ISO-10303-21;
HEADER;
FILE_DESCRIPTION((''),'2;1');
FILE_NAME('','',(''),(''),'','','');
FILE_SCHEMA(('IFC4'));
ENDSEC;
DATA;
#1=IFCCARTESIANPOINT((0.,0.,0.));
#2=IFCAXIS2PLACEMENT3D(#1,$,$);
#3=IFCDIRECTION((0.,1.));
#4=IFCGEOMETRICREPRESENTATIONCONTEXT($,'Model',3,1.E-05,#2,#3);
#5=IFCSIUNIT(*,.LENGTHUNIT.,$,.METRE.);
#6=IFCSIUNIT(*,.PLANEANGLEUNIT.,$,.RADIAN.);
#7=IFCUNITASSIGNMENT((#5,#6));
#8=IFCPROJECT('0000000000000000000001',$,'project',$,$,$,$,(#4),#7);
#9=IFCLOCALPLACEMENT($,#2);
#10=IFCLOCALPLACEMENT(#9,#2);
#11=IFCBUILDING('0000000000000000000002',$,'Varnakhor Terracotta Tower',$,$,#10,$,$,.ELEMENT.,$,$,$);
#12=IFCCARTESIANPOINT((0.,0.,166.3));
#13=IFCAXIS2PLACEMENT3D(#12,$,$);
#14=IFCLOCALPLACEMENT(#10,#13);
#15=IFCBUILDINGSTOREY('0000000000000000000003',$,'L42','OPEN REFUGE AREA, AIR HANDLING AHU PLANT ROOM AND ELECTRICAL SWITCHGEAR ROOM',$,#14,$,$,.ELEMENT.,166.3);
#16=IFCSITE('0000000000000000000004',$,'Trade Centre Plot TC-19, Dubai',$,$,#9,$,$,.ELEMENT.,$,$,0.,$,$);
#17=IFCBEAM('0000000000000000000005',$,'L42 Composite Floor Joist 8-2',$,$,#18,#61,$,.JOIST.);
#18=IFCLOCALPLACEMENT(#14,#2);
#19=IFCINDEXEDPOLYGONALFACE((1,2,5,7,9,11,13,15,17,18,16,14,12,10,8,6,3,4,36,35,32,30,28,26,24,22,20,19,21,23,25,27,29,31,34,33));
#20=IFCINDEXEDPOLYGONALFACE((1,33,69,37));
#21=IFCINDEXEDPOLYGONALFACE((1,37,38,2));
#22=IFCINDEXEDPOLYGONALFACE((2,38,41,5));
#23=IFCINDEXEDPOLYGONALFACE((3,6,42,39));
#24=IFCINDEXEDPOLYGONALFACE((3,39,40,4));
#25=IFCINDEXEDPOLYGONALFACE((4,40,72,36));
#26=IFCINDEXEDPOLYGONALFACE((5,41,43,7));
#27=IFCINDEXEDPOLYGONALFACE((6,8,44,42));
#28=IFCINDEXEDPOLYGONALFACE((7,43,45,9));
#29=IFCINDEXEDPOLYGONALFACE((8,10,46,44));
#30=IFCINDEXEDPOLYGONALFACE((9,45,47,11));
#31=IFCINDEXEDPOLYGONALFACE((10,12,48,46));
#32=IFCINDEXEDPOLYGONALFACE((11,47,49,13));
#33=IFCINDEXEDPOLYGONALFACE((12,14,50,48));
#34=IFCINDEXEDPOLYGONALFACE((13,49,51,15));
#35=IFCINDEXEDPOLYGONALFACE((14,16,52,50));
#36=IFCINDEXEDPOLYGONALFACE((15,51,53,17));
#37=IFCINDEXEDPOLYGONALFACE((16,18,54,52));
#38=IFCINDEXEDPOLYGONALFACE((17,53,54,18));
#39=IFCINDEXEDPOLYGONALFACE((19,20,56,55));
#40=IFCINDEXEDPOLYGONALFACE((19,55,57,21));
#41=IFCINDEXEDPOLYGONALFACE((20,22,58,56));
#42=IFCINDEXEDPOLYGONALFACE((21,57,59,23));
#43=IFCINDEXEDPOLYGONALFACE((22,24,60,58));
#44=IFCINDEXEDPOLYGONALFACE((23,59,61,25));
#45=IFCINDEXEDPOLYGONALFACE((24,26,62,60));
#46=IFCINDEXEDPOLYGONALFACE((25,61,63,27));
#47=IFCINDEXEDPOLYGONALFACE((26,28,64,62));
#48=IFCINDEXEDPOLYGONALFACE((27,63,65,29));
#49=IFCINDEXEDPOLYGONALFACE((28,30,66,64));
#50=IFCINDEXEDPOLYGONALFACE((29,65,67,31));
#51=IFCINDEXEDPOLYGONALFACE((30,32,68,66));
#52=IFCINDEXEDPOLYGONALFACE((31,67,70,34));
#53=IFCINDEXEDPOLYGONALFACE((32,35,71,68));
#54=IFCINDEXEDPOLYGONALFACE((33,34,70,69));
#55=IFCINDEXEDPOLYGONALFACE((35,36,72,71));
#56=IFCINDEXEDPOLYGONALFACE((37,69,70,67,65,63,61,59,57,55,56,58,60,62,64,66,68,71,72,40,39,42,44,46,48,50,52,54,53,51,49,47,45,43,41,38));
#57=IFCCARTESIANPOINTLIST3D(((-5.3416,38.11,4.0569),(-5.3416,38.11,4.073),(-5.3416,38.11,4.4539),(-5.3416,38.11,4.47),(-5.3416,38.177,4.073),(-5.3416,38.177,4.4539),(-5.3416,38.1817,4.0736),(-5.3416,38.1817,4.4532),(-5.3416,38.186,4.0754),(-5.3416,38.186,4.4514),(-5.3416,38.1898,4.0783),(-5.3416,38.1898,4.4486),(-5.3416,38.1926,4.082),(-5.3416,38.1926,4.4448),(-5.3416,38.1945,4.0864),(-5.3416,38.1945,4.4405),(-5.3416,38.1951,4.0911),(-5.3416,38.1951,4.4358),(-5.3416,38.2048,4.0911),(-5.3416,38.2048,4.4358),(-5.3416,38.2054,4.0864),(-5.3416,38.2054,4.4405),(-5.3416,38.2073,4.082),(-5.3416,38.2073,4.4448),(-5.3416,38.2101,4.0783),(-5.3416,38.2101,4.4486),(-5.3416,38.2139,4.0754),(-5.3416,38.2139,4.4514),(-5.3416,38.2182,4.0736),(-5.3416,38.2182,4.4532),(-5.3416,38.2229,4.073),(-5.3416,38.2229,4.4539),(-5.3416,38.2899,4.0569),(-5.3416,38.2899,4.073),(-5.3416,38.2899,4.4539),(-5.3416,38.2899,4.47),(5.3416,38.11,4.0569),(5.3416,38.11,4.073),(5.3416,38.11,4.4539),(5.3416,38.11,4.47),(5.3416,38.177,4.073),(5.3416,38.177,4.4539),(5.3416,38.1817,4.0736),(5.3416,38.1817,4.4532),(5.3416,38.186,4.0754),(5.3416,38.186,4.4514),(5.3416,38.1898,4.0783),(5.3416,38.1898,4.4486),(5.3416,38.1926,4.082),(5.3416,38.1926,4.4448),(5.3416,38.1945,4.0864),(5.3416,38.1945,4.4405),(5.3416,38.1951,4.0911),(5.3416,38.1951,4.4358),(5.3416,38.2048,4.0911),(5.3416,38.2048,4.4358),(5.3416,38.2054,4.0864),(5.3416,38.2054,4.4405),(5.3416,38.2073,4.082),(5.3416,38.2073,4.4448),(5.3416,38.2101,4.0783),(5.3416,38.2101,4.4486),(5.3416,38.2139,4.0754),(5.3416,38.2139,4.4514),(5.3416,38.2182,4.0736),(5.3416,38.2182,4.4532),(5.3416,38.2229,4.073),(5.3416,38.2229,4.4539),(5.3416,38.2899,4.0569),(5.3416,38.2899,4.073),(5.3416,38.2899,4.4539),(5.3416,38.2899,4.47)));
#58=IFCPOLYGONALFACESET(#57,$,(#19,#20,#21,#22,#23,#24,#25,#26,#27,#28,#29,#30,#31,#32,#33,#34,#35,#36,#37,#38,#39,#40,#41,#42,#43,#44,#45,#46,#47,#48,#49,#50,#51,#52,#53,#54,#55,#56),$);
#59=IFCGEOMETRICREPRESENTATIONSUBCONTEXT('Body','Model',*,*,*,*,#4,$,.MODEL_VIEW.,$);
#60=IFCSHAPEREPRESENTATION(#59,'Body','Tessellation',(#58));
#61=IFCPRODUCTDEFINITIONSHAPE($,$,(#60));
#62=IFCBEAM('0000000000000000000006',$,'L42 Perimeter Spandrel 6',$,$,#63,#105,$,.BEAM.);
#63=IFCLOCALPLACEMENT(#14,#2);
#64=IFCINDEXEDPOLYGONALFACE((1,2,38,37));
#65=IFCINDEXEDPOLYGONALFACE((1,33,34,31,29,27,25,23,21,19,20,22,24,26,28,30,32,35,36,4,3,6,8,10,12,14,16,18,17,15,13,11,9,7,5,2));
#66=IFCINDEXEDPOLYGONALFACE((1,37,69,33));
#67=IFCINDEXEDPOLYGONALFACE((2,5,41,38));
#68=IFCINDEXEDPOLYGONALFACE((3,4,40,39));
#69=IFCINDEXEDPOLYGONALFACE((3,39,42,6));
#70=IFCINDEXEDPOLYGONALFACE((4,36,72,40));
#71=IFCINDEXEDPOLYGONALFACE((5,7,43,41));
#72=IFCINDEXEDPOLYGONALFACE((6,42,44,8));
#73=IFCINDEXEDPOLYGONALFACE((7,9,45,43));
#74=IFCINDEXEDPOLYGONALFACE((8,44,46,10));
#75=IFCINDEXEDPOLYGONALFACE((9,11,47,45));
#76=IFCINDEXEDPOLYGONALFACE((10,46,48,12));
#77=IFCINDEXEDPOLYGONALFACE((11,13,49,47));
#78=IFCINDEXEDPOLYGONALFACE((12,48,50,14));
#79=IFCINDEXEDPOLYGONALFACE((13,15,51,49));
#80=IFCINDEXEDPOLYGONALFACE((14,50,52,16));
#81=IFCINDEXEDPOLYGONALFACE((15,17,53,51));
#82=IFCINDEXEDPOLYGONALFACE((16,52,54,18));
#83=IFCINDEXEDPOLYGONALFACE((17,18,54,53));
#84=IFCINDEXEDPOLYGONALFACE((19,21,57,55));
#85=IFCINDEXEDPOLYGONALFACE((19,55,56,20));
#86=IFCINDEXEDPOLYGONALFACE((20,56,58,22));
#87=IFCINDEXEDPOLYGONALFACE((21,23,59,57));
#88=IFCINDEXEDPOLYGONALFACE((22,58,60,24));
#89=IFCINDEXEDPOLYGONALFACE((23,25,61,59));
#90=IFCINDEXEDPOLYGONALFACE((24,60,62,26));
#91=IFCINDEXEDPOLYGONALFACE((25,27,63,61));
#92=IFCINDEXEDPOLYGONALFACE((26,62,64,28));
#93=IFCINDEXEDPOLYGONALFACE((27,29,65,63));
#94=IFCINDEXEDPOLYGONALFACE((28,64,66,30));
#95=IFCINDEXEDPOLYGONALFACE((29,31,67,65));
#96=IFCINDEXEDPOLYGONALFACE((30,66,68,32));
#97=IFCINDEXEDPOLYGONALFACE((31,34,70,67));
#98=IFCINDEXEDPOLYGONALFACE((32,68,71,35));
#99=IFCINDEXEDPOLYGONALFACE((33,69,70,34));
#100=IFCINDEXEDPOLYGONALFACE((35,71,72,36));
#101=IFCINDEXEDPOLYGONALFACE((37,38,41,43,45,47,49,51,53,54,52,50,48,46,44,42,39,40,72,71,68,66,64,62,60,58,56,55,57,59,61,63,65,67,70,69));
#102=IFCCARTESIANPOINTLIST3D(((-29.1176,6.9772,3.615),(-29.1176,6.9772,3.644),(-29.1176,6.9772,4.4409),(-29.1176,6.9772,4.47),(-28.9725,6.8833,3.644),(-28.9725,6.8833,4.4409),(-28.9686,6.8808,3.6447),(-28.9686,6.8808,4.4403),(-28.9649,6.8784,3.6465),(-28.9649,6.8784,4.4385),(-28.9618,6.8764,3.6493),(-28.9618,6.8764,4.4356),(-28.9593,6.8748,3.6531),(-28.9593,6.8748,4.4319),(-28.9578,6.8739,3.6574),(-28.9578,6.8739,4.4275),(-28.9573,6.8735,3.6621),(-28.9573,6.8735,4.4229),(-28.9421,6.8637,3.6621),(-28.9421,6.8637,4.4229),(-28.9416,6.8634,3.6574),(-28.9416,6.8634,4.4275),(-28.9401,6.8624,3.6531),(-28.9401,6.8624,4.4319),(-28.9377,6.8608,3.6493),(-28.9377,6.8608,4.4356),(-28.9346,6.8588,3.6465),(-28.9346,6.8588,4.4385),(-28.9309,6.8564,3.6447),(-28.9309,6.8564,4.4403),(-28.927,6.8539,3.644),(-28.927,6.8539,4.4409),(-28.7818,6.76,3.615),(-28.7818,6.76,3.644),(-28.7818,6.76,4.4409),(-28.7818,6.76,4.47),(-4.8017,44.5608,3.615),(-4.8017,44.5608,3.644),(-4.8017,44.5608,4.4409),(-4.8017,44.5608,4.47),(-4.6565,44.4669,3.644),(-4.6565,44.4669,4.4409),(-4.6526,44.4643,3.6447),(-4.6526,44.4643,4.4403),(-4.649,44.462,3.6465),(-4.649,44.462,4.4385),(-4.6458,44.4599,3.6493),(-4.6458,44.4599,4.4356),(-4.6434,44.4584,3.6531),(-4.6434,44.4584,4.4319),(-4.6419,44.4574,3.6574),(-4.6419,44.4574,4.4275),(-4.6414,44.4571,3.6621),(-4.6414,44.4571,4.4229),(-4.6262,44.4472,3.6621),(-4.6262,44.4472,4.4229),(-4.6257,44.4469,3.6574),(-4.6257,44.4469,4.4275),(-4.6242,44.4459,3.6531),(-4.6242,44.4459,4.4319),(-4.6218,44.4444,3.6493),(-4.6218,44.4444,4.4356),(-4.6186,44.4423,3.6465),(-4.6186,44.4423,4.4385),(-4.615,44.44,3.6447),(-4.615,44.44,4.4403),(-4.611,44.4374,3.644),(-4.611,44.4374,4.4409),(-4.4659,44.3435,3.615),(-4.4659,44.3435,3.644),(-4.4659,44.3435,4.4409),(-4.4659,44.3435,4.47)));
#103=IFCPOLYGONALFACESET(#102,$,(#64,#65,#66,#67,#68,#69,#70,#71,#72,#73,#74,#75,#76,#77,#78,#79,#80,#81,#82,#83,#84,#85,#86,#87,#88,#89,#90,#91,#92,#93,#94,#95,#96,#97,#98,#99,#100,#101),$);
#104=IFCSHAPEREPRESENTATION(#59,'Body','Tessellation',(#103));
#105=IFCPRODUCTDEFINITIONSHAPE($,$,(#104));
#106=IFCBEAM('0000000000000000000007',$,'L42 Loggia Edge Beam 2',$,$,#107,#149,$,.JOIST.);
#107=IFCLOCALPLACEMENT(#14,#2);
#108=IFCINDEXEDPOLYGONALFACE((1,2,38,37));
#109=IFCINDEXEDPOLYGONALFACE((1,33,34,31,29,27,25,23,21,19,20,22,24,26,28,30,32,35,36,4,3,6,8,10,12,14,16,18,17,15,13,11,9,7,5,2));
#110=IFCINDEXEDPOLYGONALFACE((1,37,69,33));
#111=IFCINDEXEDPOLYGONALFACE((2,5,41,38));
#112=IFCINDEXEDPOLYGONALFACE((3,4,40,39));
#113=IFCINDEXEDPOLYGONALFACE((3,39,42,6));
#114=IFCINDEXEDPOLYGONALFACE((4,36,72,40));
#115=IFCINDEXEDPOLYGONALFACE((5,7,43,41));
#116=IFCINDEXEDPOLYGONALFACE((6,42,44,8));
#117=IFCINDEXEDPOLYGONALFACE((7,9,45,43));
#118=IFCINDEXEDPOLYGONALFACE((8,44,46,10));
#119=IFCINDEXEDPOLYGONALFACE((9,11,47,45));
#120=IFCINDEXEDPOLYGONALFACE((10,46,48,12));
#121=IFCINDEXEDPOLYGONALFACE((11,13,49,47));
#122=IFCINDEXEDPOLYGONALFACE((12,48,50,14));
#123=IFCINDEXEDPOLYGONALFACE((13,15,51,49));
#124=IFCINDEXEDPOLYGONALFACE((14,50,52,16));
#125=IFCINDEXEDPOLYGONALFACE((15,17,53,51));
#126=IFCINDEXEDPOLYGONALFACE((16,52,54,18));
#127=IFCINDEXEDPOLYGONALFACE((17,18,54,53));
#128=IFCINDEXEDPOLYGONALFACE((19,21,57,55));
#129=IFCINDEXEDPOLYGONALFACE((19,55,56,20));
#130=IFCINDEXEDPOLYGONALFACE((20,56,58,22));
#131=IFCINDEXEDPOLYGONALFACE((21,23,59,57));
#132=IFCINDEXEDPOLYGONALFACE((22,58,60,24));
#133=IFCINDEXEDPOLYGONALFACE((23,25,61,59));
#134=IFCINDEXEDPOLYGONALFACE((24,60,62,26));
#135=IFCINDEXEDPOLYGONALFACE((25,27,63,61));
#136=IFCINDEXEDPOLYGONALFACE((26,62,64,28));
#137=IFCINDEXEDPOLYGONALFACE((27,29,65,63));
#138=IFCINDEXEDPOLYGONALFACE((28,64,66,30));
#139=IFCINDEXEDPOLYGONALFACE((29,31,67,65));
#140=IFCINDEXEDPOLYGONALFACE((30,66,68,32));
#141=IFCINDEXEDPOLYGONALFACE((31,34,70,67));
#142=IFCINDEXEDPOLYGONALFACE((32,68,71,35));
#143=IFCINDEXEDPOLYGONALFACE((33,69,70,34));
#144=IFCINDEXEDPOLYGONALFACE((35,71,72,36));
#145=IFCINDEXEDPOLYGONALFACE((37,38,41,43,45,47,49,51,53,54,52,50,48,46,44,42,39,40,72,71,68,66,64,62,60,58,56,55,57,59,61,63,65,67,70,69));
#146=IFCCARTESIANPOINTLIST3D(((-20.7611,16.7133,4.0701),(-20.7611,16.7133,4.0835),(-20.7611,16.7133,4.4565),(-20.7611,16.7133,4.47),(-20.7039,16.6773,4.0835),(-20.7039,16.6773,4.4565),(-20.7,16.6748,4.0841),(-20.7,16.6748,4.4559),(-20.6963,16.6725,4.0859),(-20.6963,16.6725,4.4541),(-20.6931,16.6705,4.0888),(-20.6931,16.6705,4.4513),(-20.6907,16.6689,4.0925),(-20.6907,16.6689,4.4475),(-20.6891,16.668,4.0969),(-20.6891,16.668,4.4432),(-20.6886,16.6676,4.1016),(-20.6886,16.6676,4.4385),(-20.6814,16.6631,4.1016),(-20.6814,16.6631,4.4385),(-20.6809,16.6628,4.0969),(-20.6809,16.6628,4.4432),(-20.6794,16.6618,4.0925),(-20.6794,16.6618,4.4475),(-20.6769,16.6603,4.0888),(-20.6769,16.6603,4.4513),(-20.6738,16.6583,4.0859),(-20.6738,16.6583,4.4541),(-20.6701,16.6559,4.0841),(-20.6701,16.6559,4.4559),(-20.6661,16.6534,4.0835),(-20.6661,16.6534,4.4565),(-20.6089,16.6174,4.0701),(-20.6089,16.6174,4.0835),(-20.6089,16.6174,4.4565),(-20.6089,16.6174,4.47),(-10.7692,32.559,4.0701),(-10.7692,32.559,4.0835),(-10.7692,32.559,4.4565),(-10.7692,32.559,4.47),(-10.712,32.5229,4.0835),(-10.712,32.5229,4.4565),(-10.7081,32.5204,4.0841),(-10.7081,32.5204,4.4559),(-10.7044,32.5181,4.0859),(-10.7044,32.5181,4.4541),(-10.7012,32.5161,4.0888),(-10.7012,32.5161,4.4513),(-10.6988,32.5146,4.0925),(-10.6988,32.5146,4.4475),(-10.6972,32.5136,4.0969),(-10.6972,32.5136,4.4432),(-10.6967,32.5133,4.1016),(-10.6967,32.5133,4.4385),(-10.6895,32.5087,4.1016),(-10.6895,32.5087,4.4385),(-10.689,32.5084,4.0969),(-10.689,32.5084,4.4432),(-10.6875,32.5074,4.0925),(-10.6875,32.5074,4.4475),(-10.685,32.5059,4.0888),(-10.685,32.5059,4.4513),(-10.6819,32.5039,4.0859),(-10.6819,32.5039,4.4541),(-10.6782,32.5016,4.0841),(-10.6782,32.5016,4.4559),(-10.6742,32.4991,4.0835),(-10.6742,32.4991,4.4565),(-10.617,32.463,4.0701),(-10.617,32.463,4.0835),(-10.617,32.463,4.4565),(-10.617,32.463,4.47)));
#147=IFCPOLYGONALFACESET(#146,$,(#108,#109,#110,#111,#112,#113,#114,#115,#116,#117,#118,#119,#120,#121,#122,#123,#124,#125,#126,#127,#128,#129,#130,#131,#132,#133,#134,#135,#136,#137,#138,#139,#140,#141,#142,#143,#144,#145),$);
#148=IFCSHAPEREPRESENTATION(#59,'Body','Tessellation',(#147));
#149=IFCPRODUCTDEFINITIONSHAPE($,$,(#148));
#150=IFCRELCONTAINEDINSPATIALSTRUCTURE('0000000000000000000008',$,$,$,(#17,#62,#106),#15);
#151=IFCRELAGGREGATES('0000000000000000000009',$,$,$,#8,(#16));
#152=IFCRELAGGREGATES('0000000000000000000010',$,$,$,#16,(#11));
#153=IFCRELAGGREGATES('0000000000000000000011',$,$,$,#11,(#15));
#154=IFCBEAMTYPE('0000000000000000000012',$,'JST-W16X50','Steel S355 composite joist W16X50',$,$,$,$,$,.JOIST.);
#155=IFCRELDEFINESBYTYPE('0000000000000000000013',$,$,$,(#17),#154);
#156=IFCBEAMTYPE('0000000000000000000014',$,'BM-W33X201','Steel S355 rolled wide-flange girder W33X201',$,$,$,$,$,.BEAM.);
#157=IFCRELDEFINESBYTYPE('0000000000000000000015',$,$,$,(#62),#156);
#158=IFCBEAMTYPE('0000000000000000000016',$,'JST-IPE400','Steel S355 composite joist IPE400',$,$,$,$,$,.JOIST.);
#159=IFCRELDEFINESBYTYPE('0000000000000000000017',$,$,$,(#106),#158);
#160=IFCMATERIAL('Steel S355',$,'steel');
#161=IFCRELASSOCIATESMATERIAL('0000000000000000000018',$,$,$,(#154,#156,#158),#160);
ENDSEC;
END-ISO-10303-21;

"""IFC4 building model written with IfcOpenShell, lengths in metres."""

from ifc_helpers import new_model, si_unit, direction, frame, origin, origin_2d, place, context, subcontext, project, spatial, i_section, extrude, source, transform, mapped, material, material_profile, profile_set, type_object, element, save


model = new_model("IFC4")

# Units and contexts
model_context = context("Model", 3, precision=1e-05, world=origin(), true_north=direction((0.0, 1.0)))
body_context = subcontext(model_context, "Body", "Model", "MODEL_VIEW")
ifc_project = project(units=[si_unit("LENGTHUNIT", "METRE"), si_unit("PLANEANGLEUNIT", "RADIAN")], contexts=[model_context])

# Site, building, storey
site_placement = place(None, origin())
site = spatial("IfcSite", under=ifc_project, at=site_placement, Name="Trade Centre Plot TC-19, Dubai", CompositionType="ELEMENT", RefElevation=0.0)
building_placement = place(site_placement, origin())
building = spatial("IfcBuilding", under=site, at=building_placement, Name="Varnakhor Terracotta Tower", CompositionType="ELEMENT")
storey_placement = place(building_placement, frame((0.0, 0.0, 166.3)))
storey = spatial("IfcBuildingStorey", under=building, at=storey_placement, Name="L42", Description="OPEN REFUGE AREA, AIR HANDLING AHU PLANT ROOM AND ELECTRICAL SWITCHGEAR ROOM", CompositionType="ELEMENT", Elevation=166.3)

# Beams
ifc_material_1 = material(Name="Steel S355", Category="steel")
ifc_material_profile_1 = material_profile(ifc_material_1, i_section(OverallWidth=0.1799, OverallDepth=0.4131, WebThickness=0.0098, FlangeThickness=0.0161, FilletRadius=0.0181, at=origin_2d()), Name="W16X50")
ifc_profile_set_1 = profile_set([ifc_material_profile_1], Name="Steel S355")
beam_type_1 = type_object("IfcBeamType", Name="JST-W16X50", Description="Steel S355 composite joist W16X50", PredefinedType="JOIST", material=ifc_profile_set_1)
shared_shape_1 = source(origin(), body_context, "Body", "SweptSolid", [
    extrude(i_section(OverallWidth=0.1799, OverallDepth=0.4131, WebThickness=0.0098, FlangeThickness=0.0161, FilletRadius=0.0181, at=origin_2d()), origin(), (0.0, 0.0, 1.0), 10.6831),
])
for number, where, z_axis, x_axis, name in (
    (1, (-5.3416, 38.2, 4.2634), (1.0, 0.0, 0.0), (0.0, 1.0, 0.0), "L42 Composite Floor Joist 8-2"),
):
    element("IfcBeam", number, at=place(storey_placement, frame(where, z_axis=z_axis, x_axis=x_axis)), inside=storey, type_object=beam_type_1, Name=name, PredefinedType="JOIST", context=body_context, shape_type="MappedRepresentation", body=[
        mapped(shared_shape_1, transform((0.0, 0.0, 0.0), scale=1.0)),
    ])
ifc_material_profile_2 = material_profile(ifc_material_1, i_section(OverallWidth=0.3999, OverallDepth=0.855, WebThickness=0.0181, FlangeThickness=0.0291, FilletRadius=0.0181, at=origin_2d()), Name="W33X201")
ifc_profile_set_2 = profile_set([ifc_material_profile_2], Name="Steel S355")
beam_type_2 = type_object("IfcBeamType", Name="BM-W33X201", Description="Steel S355 rolled wide-flange girder W33X201", PredefinedType="BEAM", material=ifc_profile_set_2)
shared_shape_2 = source(origin(), body_context, "Body", "SweptSolid", [
    extrude(i_section(OverallWidth=0.3999, OverallDepth=0.855, WebThickness=0.0181, FlangeThickness=0.0291, FilletRadius=0.0181, at=origin_2d()), origin(), (0.0, 0.0, 1.0), 44.7637),
])
beam_1_placement = place(storey_placement, frame((-4.6338, 44.4521, 4.0425), z_axis=(-0.543207, -0.839599, 0.0), x_axis=(0.839599, -0.543207, 0.0)))
element("IfcBeam", 2, at=beam_1_placement, inside=storey, type_object=beam_type_2, Name="L42 Perimeter Spandrel 6", PredefinedType="BEAM", context=body_context, shape_type="MappedRepresentation", body=[
    mapped(shared_shape_2, transform((0.0, 0.0, 0.0), scale=1.0)),
])
ifc_material_profile_3 = material_profile(ifc_material_1, i_section(OverallWidth=0.1799, OverallDepth=0.3999, WebThickness=0.0085, FlangeThickness=0.0134, FilletRadius=0.0181, at=origin_2d()), Name="IPE400")
ifc_profile_set_3 = profile_set([ifc_material_profile_3], Name="Steel S355")
beam_type_3 = type_object("IfcBeamType", Name="JST-IPE400", Description="Steel S355 composite joist IPE400", PredefinedType="JOIST", material=ifc_profile_set_3)
shared_shape_3 = source(origin(), body_context, "Body", "SweptSolid", [
    extrude(i_section(OverallWidth=0.1799, OverallDepth=0.3999, WebThickness=0.0085, FlangeThickness=0.0134, FilletRadius=0.0181, at=origin_2d()), origin(), (0.0, 0.0, 1.0), 18.7329),
])
beam_2_placement = place(storey_placement, frame((-10.6931, 32.511, 4.27), z_axis=(-0.533387, -0.845871, 0.0), x_axis=(0.845871, -0.533387, 0.0)))
element("IfcBeam", 3, at=beam_2_placement, inside=storey, type_object=beam_type_3, Name="L42 Loggia Edge Beam 2", PredefinedType="JOIST", context=body_context, shape_type="MappedRepresentation", body=[
    mapped(shared_shape_3, transform((0.0, 0.0, 0.0), scale=1.0)),
])

save(model, "model.ifc")
